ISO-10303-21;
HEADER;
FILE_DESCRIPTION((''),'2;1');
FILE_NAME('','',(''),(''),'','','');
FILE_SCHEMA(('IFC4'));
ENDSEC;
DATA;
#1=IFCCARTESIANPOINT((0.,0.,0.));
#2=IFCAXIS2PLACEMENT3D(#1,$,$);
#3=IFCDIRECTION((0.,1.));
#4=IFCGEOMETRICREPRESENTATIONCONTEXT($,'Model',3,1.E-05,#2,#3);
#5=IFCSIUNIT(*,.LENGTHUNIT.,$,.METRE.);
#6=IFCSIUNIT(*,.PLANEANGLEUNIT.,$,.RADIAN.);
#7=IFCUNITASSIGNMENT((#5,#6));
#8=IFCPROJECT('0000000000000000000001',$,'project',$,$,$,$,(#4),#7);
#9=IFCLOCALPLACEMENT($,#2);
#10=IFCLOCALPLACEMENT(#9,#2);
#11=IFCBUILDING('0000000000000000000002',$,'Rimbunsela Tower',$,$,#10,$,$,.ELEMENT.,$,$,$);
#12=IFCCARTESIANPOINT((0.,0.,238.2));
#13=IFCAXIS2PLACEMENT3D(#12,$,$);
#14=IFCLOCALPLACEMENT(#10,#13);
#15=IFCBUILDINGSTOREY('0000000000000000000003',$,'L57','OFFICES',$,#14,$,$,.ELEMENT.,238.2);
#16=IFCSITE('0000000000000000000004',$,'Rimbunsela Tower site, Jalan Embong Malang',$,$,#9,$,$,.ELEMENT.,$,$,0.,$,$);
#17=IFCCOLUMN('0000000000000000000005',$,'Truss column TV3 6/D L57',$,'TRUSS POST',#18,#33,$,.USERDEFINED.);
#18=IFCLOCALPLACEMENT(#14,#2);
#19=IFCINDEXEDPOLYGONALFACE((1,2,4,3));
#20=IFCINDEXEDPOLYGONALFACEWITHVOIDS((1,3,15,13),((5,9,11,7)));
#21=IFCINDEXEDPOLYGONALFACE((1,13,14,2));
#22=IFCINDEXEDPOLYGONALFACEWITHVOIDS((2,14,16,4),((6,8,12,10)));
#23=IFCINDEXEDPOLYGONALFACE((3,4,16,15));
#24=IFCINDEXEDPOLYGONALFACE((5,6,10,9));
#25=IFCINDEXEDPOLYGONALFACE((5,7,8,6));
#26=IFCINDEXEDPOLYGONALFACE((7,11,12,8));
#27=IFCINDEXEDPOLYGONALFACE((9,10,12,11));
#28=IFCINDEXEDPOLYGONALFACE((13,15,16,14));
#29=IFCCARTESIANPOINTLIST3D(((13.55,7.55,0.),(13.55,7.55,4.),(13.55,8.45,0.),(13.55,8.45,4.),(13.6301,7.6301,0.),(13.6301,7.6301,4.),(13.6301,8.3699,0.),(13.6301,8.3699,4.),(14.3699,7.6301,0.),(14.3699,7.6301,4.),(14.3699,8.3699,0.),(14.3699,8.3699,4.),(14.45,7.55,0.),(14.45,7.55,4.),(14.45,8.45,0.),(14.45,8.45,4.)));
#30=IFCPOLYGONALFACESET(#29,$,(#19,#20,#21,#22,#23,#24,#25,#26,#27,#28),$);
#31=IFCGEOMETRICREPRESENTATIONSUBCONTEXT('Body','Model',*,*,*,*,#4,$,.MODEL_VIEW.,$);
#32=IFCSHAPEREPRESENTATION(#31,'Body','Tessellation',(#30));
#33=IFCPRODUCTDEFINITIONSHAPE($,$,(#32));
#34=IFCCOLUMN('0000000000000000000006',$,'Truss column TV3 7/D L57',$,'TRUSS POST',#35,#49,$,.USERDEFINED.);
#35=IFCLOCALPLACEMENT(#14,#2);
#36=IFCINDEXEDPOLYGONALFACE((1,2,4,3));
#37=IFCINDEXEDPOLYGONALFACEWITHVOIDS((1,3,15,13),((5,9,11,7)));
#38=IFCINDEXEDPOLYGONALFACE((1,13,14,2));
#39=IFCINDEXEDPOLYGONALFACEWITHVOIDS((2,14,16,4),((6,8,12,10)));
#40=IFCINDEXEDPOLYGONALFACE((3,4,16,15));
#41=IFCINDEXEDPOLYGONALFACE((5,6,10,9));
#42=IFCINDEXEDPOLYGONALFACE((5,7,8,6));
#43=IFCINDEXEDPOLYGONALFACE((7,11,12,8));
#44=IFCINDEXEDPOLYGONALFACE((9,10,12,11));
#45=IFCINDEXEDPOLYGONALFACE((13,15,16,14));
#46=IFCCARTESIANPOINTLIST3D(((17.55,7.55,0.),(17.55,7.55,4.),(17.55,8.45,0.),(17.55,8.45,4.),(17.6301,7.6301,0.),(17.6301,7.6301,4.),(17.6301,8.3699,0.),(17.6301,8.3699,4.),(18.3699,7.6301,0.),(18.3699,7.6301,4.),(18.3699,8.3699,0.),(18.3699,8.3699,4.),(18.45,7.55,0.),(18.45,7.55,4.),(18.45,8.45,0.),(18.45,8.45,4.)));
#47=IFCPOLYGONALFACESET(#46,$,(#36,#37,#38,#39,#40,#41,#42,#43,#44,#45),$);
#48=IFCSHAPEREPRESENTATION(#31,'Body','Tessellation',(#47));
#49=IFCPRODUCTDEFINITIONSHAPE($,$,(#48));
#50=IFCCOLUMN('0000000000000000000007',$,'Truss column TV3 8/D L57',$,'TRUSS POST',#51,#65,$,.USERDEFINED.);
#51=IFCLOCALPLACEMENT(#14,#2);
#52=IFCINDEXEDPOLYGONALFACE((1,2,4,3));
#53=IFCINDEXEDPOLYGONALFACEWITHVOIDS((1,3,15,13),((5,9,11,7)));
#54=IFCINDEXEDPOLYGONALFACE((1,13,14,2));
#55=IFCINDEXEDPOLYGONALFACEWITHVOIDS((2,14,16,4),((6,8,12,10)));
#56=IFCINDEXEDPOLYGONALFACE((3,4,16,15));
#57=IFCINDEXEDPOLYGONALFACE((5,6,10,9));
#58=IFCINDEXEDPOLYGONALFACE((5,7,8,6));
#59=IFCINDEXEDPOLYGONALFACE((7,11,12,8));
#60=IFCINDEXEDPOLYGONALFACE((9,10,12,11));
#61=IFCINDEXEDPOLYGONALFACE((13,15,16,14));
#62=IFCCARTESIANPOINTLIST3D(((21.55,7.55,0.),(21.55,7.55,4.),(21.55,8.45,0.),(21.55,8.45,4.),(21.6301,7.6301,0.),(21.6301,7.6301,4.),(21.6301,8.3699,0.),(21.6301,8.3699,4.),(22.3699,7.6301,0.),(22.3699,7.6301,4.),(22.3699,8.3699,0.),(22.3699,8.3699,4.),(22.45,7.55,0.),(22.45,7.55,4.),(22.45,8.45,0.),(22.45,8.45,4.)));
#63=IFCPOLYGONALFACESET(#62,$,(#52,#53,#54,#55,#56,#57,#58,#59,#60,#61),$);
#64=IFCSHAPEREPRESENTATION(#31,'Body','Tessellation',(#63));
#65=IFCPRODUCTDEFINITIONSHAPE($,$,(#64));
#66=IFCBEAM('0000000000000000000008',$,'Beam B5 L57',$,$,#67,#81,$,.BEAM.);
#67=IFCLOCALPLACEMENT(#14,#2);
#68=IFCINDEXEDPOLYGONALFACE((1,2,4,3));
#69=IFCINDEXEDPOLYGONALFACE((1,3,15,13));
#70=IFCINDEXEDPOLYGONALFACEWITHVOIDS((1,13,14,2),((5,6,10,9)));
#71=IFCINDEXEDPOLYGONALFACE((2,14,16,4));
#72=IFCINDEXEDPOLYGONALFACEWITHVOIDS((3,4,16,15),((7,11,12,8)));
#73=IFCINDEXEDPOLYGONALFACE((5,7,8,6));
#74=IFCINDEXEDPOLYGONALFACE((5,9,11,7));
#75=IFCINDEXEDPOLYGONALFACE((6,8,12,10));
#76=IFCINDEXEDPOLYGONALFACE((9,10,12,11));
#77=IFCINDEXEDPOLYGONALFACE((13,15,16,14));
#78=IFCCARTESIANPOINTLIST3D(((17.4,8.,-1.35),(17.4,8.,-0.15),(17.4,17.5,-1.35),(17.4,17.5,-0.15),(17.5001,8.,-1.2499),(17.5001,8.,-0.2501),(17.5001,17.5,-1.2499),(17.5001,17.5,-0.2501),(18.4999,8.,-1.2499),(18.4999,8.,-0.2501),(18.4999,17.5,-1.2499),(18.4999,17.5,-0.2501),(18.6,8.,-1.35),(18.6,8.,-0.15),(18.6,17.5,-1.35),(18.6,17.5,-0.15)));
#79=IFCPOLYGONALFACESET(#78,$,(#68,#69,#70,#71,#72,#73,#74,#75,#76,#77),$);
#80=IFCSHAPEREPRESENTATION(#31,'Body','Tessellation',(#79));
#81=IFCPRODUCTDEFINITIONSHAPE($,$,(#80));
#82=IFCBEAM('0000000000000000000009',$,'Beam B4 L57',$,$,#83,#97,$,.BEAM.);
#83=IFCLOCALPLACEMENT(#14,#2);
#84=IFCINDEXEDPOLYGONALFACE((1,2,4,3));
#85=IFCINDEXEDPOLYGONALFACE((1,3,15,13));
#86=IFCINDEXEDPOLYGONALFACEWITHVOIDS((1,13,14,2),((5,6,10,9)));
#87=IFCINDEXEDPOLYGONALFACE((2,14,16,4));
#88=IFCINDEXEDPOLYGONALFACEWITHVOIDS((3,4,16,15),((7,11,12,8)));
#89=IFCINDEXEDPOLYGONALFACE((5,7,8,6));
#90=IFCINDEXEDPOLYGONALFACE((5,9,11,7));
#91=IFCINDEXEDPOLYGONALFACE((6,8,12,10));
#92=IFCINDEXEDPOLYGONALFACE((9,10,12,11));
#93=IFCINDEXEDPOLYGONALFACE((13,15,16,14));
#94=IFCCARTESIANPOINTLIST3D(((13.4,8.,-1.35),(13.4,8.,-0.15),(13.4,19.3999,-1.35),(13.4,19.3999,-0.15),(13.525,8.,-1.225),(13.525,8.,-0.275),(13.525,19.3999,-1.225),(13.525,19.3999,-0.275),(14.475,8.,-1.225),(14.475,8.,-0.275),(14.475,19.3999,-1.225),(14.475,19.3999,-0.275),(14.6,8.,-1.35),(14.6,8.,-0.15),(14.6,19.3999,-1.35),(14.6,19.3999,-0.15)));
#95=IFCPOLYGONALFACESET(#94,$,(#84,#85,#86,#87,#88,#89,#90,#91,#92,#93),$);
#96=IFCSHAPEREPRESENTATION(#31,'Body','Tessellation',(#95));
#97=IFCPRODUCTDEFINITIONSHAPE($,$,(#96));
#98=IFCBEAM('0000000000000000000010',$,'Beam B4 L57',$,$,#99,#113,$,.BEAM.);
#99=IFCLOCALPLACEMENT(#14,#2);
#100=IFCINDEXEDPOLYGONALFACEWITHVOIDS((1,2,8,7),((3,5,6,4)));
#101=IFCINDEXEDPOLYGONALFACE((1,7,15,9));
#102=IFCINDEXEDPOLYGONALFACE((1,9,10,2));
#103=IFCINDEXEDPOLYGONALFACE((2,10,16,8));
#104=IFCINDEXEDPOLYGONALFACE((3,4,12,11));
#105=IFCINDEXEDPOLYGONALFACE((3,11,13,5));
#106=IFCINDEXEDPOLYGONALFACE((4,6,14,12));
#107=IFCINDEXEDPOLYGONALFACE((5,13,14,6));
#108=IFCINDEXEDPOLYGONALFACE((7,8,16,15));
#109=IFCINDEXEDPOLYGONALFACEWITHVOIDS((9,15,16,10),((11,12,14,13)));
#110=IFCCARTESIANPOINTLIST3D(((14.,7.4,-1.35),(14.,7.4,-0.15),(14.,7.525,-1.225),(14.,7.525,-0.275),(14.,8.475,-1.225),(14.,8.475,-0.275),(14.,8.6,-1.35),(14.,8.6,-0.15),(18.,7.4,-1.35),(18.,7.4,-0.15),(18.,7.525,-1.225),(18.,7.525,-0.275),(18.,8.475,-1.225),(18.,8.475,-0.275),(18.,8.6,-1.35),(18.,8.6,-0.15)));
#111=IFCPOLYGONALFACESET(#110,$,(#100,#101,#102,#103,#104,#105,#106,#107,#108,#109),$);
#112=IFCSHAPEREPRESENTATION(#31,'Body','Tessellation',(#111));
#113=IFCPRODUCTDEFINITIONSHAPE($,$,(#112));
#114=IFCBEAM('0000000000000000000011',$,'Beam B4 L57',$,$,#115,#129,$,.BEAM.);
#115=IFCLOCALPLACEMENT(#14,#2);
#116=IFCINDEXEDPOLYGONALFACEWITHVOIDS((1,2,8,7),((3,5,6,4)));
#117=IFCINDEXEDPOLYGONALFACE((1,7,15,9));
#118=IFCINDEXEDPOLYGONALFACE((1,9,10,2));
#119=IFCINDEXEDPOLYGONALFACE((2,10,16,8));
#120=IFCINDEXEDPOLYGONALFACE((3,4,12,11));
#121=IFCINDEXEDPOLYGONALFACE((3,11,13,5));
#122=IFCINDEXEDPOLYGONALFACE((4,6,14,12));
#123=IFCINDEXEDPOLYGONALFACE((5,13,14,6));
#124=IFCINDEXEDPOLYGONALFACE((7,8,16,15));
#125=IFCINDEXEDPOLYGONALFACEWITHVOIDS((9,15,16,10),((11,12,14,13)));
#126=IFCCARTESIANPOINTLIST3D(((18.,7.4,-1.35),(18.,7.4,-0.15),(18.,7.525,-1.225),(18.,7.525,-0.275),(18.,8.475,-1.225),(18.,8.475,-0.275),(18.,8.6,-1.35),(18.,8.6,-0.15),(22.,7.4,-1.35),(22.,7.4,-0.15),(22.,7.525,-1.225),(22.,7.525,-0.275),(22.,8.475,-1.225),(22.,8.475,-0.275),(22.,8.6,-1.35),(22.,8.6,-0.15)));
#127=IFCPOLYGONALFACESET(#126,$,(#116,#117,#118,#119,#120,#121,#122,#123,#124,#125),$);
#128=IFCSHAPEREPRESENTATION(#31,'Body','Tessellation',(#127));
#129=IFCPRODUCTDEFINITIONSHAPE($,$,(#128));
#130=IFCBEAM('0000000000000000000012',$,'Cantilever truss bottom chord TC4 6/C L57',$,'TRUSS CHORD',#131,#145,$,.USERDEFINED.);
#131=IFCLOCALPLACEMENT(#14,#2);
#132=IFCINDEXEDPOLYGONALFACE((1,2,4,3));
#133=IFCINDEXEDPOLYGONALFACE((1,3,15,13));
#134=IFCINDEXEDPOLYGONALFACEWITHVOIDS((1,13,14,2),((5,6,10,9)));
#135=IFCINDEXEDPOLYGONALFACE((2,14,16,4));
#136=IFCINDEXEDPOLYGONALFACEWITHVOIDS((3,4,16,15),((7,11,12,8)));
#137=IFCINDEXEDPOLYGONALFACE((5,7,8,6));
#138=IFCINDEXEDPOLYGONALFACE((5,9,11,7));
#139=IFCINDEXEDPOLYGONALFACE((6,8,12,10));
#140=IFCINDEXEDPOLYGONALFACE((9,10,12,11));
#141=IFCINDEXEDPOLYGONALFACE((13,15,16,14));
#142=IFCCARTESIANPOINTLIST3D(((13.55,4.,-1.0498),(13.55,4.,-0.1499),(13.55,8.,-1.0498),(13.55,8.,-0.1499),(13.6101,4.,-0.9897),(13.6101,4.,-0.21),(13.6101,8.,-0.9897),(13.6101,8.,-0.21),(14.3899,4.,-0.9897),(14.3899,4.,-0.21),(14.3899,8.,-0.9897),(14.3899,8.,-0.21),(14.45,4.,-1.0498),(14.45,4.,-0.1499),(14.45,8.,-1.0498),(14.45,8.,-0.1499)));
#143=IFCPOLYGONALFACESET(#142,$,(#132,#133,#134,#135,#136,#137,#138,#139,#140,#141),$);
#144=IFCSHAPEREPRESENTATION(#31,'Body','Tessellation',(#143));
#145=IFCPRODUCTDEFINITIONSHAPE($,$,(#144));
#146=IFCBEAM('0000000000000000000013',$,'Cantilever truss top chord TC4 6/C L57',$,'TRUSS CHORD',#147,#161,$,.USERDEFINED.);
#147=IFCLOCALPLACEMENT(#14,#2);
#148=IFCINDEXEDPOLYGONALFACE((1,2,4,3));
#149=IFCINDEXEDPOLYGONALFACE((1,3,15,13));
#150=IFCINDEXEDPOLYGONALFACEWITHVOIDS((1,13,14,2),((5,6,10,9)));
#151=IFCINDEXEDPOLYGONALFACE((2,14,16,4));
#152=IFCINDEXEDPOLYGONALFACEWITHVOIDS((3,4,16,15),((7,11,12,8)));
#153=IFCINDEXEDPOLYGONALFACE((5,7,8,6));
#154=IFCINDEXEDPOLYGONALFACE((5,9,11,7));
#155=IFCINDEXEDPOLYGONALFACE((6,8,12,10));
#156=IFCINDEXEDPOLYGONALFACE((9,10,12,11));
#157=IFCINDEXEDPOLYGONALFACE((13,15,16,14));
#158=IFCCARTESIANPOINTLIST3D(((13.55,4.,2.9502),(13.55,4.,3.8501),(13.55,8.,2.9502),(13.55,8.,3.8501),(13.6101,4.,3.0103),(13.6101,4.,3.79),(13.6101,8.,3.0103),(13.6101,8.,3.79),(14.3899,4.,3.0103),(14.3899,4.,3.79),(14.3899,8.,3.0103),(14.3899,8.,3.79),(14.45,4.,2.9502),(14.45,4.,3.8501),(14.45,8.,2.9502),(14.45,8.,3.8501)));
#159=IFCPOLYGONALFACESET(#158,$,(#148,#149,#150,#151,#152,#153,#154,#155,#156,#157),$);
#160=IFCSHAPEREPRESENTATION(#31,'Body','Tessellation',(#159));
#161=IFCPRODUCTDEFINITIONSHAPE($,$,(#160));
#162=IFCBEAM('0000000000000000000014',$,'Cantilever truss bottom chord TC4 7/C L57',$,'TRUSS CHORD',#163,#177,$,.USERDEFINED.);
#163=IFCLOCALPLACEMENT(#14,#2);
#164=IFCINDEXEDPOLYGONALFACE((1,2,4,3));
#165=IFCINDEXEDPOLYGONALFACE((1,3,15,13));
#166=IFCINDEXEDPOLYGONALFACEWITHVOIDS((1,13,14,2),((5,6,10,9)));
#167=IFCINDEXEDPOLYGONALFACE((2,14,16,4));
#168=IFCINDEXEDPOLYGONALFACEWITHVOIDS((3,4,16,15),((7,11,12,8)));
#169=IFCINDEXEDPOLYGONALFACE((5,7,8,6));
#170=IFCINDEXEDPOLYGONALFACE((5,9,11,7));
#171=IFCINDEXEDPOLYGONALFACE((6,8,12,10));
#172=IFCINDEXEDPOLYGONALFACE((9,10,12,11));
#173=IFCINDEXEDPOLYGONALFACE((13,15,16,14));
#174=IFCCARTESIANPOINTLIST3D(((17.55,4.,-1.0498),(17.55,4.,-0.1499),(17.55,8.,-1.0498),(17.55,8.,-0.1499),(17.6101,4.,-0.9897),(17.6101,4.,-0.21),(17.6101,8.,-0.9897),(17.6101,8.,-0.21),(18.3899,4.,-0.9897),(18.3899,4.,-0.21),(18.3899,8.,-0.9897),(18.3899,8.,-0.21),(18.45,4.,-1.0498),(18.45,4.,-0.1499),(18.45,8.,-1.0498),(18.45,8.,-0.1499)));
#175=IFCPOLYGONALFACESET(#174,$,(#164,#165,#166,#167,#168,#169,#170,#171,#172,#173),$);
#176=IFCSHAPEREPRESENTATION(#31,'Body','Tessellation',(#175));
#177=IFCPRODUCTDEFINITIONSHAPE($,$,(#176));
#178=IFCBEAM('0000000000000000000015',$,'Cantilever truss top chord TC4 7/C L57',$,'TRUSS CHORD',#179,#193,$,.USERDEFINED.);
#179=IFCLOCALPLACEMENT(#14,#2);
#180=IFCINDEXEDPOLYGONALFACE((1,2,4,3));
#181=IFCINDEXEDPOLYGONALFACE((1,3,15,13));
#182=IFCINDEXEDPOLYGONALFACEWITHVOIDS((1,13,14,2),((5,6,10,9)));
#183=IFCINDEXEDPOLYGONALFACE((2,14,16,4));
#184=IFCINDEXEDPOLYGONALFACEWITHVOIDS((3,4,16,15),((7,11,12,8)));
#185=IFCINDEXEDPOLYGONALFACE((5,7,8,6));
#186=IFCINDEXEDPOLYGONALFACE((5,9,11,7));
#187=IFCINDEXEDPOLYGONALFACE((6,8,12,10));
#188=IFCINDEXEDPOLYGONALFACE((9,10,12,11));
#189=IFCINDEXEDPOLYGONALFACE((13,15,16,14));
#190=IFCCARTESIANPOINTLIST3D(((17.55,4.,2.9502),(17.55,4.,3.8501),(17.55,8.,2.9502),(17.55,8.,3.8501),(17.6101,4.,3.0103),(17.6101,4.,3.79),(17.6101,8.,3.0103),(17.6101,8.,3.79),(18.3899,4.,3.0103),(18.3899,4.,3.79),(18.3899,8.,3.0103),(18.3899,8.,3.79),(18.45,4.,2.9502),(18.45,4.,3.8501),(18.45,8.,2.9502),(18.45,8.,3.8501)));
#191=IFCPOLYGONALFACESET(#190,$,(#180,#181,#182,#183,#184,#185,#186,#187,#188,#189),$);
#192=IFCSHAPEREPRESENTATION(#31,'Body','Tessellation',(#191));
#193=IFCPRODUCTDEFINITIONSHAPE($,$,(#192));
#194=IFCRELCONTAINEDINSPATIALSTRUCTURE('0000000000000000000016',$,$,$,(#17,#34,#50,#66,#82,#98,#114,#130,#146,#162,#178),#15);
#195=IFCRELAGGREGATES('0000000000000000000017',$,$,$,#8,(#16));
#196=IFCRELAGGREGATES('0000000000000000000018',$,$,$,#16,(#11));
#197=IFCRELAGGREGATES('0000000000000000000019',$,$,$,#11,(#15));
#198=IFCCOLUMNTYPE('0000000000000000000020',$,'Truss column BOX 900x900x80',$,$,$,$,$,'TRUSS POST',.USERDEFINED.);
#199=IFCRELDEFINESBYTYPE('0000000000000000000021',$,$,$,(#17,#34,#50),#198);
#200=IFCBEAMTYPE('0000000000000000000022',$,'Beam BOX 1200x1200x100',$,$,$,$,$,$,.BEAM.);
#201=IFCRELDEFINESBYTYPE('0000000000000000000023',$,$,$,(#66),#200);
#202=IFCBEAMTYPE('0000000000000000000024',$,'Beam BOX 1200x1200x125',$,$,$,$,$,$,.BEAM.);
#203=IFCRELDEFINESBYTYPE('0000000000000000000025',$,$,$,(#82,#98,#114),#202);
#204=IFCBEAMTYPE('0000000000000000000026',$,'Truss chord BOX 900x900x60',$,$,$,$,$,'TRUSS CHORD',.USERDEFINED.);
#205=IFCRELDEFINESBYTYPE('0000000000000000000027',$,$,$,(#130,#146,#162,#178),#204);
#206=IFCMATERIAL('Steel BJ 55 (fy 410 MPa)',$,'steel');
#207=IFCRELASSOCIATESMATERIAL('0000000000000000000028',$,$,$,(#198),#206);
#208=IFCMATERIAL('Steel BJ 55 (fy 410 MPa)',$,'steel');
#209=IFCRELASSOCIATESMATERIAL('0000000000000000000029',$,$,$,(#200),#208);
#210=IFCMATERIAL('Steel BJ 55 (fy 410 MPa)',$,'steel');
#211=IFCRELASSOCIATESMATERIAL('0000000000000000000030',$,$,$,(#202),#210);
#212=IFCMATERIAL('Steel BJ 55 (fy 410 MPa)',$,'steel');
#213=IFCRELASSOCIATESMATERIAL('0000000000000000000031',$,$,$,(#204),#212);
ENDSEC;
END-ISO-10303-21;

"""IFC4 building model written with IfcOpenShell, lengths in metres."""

from ifc_helpers import new_model, si_unit, direction, frame, origin, origin_2d, place, context, subcontext, project, spatial, hollow_rectangle, extrude, material, material_profile, profile_set, type_object, element, save


model = new_model("IFC4")

# Units and contexts
model_context = context("Model", 3, precision=1e-05, world=origin(), true_north=direction((0.0, 1.0)))
body_context = subcontext(model_context, "Body", "Model", "MODEL_VIEW")
ifc_project = project(units=[si_unit("LENGTHUNIT", "METRE"), si_unit("PLANEANGLEUNIT", "RADIAN")], contexts=[model_context])

# Site, building, storey
site_placement = place(None, origin())
site = spatial("IfcSite", under=ifc_project, at=site_placement, Name="Rimbunsela Tower site, Jalan Embong Malang", CompositionType="ELEMENT", RefElevation=0.0)
building_placement = place(site_placement, origin())
building = spatial("IfcBuilding", under=site, at=building_placement, Name="Rimbunsela Tower", CompositionType="ELEMENT")
storey_placement = place(building_placement, frame((0.0, 0.0, 238.2)))
storey = spatial("IfcBuildingStorey", under=building, at=storey_placement, Name="L57", Description="OFFICES", CompositionType="ELEMENT", Elevation=238.2)

# Columns
ifc_material_1 = material(Name="Steel BJ 55 (fy 410 MPa)", Category="steel")
ifc_material_profile_1 = material_profile(ifc_material_1, hollow_rectangle(XDim=0.8999, YDim=0.8999, WallThickness=0.0801, at=origin_2d()), Name="BOX 900x900x80")
ifc_profile_set_1 = profile_set([ifc_material_profile_1], Name="Steel BJ 55 (fy 410 MPa)")
column_type = type_object("IfcColumnType", Name="Truss column BOX 900x900x80", ElementType="TRUSS POST", PredefinedType="USERDEFINED", material=ifc_profile_set_1)
for number, where, z_axis, x_axis, name in (
    (1, (14.0, 8.0, 0.0), (0.0, 0.0, 1.0), (1.0, 0.0, 0.0), "Truss column TV3 6/D L57"),
    (2, (18.0, 8.0, 0.0), (0.0, 0.0, 1.0), (1.0, 0.0, 0.0), "Truss column TV3 7/D L57"),
    (3, (22.0, 8.0, 0.0), (0.0, 0.0, 1.0), (1.0, 0.0, 0.0), "Truss column TV3 8/D L57"),
):
    element("IfcColumn", number, at=place(storey_placement, frame(where, z_axis=z_axis, x_axis=x_axis)), inside=storey, type_object=column_type, Name=name, ObjectType="TRUSS POST", PredefinedType="USERDEFINED", context=body_context, shape_type="SweptSolid", body=[
        extrude(hollow_rectangle(XDim=0.8999, YDim=0.8999, WallThickness=0.0801, at=origin_2d()), origin(), (0.0, 0.0, 1.0), 4.0),
    ])

# Beams
ifc_material_2 = material(Name="Steel BJ 55 (fy 410 MPa)", Category="steel")
ifc_material_profile_2 = material_profile(ifc_material_2, hollow_rectangle(XDim=1.2, YDim=1.2, WallThickness=0.1001, at=origin_2d()), Name="BOX 1200x1200x100")
ifc_profile_set_2 = profile_set([ifc_material_profile_2], Name="Steel BJ 55 (fy 410 MPa)")
beam_type_1 = type_object("IfcBeamType", Name="Beam BOX 1200x1200x100", PredefinedType="BEAM", material=ifc_profile_set_2)
beam_1_placement = place(storey_placement, frame((18.0, 8.0, -0.75), z_axis=(0.0, 1.0, 0.0), x_axis=(-1.0, 0.0, 0.0)))
element("IfcBeam", 4, at=beam_1_placement, inside=storey, type_object=beam_type_1, Name="Beam B5 L57", PredefinedType="BEAM", context=body_context, shape_type="SweptSolid", body=[
    extrude(hollow_rectangle(XDim=1.2, YDim=1.2, WallThickness=0.1001, at=origin_2d()), origin(), (0.0, 0.0, 1.0), 9.5),
])
ifc_material_3 = material(Name="Steel BJ 55 (fy 410 MPa)", Category="steel")
ifc_material_profile_3 = material_profile(ifc_material_3, hollow_rectangle(XDim=1.2, YDim=1.2, WallThickness=0.125, at=origin_2d()), Name="BOX 1200x1200x125")
ifc_profile_set_3 = profile_set([ifc_material_profile_3], Name="Steel BJ 55 (fy 410 MPa)")
beam_type_2 = type_object("IfcBeamType", Name="Beam BOX 1200x1200x125", PredefinedType="BEAM", material=ifc_profile_set_3)
beam_2_placement = place(storey_placement, frame((14.0, 8.0, -0.75), z_axis=(0.0, 1.0, 0.0), x_axis=(-1.0, 0.0, 0.0)))
element("IfcBeam", 5, at=beam_2_placement, inside=storey, type_object=beam_type_2, Name="Beam B4 L57", PredefinedType="BEAM", context=body_context, shape_type="SweptSolid", body=[
    extrude(hollow_rectangle(XDim=1.2, YDim=1.2, WallThickness=0.125, at=origin_2d()), origin(), (0.0, 0.0, 1.0), 11.3999),
])
for number, where, z_axis, x_axis, name in (
    (6, (14.0, 8.0, -0.75), (1.0, 0.0, 0.0), (0.0, 1.0, 0.0), "Beam B4 L57"),
    (7, (18.0, 8.0, -0.75), (1.0, 0.0, 0.0), (0.0, 1.0, 0.0), "Beam B4 L57"),
):
    element("IfcBeam", number, at=place(storey_placement, frame(where, z_axis=z_axis, x_axis=x_axis)), inside=storey, type_object=beam_type_2, Name=name, PredefinedType="BEAM", context=body_context, shape_type="SweptSolid", body=[
        extrude(hollow_rectangle(XDim=1.2, YDim=1.2, WallThickness=0.125, at=origin_2d()), origin(), (0.0, 0.0, 1.0), 4.0),
    ])
ifc_material_4 = material(Name="Steel BJ 55 (fy 410 MPa)", Category="steel")
ifc_material_profile_4 = material_profile(ifc_material_4, hollow_rectangle(XDim=0.8999, YDim=0.8999, WallThickness=0.0601, at=origin_2d()), Name="BOX 900x900x60")
ifc_profile_set_4 = profile_set([ifc_material_profile_4], Name="Steel BJ 55 (fy 410 MPa)")
beam_type_3 = type_object("IfcBeamType", Name="Truss chord BOX 900x900x60", ElementType="TRUSS CHORD", PredefinedType="USERDEFINED", material=ifc_profile_set_4)
for number, where, z_axis, x_axis, name in (
    (8, (14.0, 8.0, -0.5999), (0.0, -1.0, 0.0), (1.0, 0.0, 0.0), "Cantilever truss bottom chord TC4 6/C L57"),
    (9, (14.0, 8.0, 3.4001), (0.0, -1.0, 0.0), (1.0, 0.0, 0.0), "Cantilever truss top chord TC4 6/C L57"),
    (10, (18.0, 8.0, -0.5999), (0.0, -1.0, 0.0), (1.0, 0.0, 0.0), "Cantilever truss bottom chord TC4 7/C L57"),
    (11, (18.0, 8.0, 3.4001), (0.0, -1.0, 0.0), (1.0, 0.0, 0.0), "Cantilever truss top chord TC4 7/C L57"),
):
    element("IfcBeam", number, at=place(storey_placement, frame(where, z_axis=z_axis, x_axis=x_axis)), inside=storey, type_object=beam_type_3, Name=name, ObjectType="TRUSS CHORD", PredefinedType="USERDEFINED", context=body_context, shape_type="SweptSolid", body=[
        extrude(hollow_rectangle(XDim=0.8999, YDim=0.8999, WallThickness=0.0601, at=origin_2d()), origin(), (0.0, 0.0, 1.0), 4.0),
    ])

save(model, "model.ifc")
